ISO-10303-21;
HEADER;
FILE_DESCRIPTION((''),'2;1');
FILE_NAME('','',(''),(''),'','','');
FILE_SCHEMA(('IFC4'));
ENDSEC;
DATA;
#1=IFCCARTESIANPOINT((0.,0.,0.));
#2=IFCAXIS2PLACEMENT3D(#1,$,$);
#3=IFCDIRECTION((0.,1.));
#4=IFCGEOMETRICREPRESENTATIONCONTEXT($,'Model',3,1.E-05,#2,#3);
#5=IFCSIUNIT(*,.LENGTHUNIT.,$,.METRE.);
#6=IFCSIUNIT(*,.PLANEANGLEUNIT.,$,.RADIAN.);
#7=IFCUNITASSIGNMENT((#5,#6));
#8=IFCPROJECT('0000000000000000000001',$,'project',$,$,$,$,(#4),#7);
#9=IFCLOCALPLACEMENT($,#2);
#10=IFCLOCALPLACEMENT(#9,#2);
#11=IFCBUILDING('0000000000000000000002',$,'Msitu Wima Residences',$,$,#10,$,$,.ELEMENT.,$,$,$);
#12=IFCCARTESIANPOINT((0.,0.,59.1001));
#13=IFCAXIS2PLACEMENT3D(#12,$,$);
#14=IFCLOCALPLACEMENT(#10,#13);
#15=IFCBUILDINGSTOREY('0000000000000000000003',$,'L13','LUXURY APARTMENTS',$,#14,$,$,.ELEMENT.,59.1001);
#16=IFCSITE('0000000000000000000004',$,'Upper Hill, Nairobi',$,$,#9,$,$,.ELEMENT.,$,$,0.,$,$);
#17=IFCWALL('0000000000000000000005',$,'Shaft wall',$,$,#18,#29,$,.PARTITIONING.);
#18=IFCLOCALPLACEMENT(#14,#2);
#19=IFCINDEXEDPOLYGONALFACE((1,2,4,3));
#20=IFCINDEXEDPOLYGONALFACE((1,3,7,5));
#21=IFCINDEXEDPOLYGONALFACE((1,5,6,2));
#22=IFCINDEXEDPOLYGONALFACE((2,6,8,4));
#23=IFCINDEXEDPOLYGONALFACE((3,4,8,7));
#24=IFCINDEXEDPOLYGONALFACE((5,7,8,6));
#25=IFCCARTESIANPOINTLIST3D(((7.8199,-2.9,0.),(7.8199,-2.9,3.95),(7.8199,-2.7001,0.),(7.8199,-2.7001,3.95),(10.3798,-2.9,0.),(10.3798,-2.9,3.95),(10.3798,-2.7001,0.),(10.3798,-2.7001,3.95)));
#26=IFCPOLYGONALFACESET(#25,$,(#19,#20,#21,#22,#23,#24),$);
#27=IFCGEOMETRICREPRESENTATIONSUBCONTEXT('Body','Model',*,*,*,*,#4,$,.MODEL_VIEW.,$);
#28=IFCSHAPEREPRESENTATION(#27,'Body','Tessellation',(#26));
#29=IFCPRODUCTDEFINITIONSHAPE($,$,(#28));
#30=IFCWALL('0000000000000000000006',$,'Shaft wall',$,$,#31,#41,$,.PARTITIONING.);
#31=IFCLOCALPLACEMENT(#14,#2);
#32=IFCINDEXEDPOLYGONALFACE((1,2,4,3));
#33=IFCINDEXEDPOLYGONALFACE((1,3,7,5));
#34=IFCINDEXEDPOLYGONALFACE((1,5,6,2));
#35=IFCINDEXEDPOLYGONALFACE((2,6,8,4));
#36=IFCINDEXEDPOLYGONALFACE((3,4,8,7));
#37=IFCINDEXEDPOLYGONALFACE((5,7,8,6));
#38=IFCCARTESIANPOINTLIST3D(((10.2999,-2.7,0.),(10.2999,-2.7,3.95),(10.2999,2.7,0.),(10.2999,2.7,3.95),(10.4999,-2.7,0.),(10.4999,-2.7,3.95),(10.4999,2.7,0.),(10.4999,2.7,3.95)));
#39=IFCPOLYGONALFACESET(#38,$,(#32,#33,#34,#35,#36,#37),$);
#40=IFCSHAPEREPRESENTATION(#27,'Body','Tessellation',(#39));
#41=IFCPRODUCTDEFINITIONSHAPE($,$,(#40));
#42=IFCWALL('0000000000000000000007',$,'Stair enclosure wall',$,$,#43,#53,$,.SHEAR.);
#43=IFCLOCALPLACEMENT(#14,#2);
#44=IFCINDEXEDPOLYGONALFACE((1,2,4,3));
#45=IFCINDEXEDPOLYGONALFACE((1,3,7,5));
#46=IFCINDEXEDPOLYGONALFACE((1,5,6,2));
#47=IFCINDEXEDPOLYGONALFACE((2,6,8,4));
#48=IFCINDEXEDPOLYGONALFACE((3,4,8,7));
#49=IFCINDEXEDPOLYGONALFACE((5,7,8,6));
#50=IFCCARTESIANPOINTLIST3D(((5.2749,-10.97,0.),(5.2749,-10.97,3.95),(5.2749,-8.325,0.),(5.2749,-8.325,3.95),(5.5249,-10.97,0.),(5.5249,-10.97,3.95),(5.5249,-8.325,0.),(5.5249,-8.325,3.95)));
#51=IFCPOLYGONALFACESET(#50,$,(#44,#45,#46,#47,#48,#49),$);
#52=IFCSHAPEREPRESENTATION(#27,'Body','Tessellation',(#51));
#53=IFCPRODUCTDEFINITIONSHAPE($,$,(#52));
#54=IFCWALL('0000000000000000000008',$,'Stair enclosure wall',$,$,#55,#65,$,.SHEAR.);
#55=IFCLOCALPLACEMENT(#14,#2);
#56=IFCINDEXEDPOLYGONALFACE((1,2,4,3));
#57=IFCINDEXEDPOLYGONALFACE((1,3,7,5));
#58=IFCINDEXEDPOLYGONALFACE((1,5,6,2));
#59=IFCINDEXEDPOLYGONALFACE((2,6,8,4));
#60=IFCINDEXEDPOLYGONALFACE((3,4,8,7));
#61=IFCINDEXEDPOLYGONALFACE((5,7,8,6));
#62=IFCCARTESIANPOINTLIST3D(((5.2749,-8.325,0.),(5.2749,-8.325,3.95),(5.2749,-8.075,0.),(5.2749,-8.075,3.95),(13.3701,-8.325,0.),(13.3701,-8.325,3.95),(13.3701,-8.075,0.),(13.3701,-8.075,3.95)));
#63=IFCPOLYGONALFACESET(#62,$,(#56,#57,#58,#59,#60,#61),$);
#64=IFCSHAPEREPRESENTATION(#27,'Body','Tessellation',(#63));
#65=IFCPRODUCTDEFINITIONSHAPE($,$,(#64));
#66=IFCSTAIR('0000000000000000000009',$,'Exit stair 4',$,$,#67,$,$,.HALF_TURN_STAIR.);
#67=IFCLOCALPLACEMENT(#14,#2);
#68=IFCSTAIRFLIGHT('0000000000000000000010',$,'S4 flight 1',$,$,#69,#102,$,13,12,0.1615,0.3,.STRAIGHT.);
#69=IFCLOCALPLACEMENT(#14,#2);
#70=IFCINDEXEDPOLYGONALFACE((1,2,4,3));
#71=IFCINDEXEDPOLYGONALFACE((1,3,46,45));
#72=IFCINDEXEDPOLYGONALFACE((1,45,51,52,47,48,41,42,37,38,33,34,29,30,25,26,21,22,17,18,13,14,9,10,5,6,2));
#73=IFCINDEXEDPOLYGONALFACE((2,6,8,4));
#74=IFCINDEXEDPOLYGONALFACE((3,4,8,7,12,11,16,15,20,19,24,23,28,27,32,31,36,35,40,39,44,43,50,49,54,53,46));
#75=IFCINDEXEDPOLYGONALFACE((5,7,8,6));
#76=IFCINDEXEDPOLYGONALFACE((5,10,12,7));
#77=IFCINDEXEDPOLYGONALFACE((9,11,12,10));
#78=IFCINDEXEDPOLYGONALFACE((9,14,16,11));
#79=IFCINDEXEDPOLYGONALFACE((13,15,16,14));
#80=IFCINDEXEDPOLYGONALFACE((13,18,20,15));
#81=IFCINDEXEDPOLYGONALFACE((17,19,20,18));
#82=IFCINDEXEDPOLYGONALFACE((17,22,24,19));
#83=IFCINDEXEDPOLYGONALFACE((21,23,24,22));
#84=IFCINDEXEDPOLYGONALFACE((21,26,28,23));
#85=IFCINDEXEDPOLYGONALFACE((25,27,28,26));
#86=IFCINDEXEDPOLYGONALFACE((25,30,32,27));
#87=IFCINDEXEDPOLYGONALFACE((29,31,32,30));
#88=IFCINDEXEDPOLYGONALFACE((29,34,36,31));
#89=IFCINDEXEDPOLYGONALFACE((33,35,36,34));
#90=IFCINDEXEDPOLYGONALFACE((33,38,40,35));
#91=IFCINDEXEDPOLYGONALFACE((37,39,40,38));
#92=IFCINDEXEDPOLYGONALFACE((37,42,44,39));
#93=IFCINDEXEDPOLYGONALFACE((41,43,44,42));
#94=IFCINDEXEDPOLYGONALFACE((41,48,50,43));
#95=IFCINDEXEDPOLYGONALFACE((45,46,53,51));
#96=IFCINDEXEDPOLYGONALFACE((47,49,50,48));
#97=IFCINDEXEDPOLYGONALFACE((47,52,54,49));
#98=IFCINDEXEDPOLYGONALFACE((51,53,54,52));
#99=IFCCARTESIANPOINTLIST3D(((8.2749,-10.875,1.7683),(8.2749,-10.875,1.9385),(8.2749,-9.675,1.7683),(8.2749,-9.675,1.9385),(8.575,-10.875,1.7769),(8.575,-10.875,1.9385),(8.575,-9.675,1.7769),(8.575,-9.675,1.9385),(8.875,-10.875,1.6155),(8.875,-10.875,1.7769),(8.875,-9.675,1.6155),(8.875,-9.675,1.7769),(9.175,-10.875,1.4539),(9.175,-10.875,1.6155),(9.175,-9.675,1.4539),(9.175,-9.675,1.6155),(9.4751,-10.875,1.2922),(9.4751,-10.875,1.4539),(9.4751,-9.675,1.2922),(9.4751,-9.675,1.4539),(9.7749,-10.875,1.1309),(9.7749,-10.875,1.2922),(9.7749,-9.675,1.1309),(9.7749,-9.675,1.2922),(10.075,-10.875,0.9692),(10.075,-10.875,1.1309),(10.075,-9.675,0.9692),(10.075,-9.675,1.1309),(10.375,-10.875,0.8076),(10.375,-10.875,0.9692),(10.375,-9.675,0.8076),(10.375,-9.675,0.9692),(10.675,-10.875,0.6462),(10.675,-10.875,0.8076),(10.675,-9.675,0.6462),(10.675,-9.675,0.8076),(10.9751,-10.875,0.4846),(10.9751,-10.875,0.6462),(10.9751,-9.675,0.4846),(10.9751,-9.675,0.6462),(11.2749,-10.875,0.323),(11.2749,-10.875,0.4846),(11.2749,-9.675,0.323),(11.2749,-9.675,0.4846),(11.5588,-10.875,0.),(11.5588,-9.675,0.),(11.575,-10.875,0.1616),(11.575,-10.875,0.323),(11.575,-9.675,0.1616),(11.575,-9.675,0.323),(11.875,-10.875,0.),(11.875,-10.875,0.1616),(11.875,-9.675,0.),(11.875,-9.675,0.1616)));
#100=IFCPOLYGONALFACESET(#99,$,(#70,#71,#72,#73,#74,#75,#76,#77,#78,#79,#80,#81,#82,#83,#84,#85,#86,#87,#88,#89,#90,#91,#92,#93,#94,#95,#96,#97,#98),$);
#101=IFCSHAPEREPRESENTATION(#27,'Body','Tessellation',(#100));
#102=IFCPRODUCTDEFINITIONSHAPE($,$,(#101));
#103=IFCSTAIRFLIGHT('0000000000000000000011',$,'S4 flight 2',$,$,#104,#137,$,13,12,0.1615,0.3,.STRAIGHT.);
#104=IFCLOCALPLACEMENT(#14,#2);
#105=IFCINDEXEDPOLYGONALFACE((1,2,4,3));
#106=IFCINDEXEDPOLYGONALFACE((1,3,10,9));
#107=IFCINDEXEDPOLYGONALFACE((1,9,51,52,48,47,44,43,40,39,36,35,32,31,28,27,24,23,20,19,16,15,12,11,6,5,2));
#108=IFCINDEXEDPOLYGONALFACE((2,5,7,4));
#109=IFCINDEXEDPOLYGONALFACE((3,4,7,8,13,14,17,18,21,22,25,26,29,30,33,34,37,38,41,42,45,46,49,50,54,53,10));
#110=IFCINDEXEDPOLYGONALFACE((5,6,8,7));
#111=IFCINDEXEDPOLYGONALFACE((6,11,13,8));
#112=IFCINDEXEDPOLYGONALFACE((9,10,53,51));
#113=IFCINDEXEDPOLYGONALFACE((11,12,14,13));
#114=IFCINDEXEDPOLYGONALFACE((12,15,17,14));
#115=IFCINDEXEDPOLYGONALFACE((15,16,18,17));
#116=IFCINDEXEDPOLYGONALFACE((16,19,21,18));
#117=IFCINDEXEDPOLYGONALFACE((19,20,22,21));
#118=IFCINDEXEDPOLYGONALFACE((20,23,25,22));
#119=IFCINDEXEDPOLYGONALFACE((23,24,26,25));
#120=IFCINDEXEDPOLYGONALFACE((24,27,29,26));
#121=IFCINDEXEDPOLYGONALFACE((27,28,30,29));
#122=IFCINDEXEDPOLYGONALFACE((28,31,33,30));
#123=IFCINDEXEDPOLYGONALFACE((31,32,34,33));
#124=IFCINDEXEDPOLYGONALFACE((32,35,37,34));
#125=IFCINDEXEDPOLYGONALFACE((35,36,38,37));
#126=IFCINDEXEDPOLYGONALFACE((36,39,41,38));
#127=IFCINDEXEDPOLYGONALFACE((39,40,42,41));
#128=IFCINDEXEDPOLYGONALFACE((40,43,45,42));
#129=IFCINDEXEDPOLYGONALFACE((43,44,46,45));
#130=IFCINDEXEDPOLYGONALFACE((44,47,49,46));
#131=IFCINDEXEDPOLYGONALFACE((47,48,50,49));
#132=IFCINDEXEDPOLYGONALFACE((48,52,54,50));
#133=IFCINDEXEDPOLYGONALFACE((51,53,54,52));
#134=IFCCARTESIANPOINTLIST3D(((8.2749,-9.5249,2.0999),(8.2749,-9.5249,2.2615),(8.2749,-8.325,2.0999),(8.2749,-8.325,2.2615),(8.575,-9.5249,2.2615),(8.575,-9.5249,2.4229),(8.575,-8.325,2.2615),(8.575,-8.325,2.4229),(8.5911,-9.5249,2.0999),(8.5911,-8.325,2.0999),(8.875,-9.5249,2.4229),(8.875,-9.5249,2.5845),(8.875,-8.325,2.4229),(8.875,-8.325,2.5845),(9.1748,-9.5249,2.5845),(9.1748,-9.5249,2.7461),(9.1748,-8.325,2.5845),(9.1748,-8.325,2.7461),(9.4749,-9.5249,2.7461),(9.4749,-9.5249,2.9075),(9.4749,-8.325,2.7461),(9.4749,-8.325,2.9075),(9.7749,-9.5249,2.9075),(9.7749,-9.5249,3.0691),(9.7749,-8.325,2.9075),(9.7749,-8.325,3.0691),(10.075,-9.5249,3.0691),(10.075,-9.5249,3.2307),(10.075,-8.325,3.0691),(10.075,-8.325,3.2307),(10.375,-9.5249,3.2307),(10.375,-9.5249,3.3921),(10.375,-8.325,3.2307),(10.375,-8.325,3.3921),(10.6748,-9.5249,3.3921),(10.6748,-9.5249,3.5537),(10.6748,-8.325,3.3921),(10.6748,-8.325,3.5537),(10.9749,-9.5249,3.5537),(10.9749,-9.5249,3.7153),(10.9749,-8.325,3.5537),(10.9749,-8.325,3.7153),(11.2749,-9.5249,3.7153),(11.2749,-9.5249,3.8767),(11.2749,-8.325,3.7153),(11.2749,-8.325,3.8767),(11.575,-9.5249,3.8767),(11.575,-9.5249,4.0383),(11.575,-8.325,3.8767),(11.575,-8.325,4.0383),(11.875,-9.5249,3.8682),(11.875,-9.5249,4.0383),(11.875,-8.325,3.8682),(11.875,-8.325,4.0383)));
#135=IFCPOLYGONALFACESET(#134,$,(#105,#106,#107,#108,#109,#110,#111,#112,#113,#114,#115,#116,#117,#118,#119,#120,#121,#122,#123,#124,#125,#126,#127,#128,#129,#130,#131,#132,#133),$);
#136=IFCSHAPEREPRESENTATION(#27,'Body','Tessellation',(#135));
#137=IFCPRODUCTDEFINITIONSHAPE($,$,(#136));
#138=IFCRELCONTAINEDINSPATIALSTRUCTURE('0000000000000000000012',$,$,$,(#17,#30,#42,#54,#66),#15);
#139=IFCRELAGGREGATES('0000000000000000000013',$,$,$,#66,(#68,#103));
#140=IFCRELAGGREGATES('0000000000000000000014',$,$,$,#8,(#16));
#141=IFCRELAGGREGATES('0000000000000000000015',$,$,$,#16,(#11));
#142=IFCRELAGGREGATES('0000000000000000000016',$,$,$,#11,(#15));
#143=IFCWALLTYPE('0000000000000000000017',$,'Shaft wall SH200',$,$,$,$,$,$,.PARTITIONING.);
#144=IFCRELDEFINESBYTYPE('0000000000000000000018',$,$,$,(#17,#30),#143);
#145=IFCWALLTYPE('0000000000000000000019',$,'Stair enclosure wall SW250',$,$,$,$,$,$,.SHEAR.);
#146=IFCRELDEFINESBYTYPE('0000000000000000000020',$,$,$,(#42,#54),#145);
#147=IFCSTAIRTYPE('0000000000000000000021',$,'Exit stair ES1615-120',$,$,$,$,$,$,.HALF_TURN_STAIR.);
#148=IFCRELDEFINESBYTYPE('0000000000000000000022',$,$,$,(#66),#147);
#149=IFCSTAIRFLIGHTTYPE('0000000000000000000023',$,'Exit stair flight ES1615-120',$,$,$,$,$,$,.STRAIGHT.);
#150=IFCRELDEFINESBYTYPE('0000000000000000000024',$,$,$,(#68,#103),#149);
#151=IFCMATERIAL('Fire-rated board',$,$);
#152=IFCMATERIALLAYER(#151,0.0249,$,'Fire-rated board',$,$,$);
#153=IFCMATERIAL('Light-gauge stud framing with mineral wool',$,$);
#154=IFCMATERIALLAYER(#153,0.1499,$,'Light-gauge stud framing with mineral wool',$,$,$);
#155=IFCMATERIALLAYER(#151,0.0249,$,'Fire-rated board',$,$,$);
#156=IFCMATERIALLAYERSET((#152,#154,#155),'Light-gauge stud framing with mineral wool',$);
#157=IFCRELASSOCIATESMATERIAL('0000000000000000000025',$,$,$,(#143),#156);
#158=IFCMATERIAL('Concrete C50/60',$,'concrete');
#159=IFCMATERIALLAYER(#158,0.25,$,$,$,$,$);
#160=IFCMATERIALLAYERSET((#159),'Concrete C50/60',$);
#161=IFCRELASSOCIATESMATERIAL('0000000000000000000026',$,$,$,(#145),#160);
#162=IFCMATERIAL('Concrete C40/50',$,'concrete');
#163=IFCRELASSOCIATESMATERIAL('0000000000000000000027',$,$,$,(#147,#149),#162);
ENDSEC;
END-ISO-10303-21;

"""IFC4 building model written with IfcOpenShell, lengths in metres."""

from ifc_helpers import new_model, si_unit, direction, frame, frame_2d, origin, place, context, subcontext, project, spatial, polyline, rectangle, outline, extrude, material, layer, layer_set, type_object, element, aggregate, save


model = new_model("IFC4")

# Units and contexts
model_context = context("Model", 3, precision=1e-05, world=origin(), true_north=direction((0.0, 1.0)))
body_context = subcontext(model_context, "Body", "Model", "MODEL_VIEW")
ifc_project = project(units=[si_unit("LENGTHUNIT", "METRE"), si_unit("PLANEANGLEUNIT", "RADIAN")], contexts=[model_context])

# Site, building, storey
site_placement = place(None, origin())
site = spatial("IfcSite", under=ifc_project, at=site_placement, Name="Upper Hill, Nairobi", CompositionType="ELEMENT", RefElevation=0.0)
building_placement = place(site_placement, origin())
building = spatial("IfcBuilding", under=site, at=building_placement, Name="Msitu Wima Residences", CompositionType="ELEMENT")
storey_placement = place(building_placement, frame((0.0, 0.0, 59.1001)))
storey = spatial("IfcBuildingStorey", under=building, at=storey_placement, Name="L13", Description="LUXURY APARTMENTS", CompositionType="ELEMENT", Elevation=59.1001)

# Shared definitions
ifc_material_1 = material(Name="Concrete C40/50", Category="concrete")

# Walls
ifc_material_2 = material(Name="Fire-rated board")
ifc_layer_1 = layer(ifc_material_2, 0.0249, Name="Fire-rated board")
ifc_material_3 = material(Name="Light-gauge stud framing with mineral wool")
ifc_layer_2 = layer(ifc_material_3, 0.1499, Name="Light-gauge stud framing with mineral wool")
ifc_layer_3 = layer(ifc_material_2, 0.0249, Name="Fire-rated board")
ifc_layer_set_1 = layer_set([ifc_layer_1, ifc_layer_2, ifc_layer_3], Name="Light-gauge stud framing with mineral wool")
wall_type_1 = type_object("IfcWallType", Name="Shaft wall SH200", PredefinedType="PARTITIONING", material=ifc_layer_set_1)
wall_1_placement = place(storey_placement, frame((7.8201, -2.8, 0.0), z_axis=(0.0, 0.0, 1.0), x_axis=(1.0, 0.0, 0.0)))
element("IfcWall", 1, at=wall_1_placement, inside=storey, type_object=wall_type_1, Name="Shaft wall", PredefinedType="PARTITIONING", context=body_context, shape_type="SweptSolid", body=[
    extrude(rectangle(XDim=2.5598, YDim=0.2, at=frame_2d((1.2798, 0.0))), origin(), (0.0, 0.0, 1.0), 3.95),
])
wall_2_placement = place(storey_placement, frame((10.3999, -2.7, 0.0), z_axis=(0.0, 0.0, 1.0), x_axis=(0.0, 1.0, 0.0)))
element("IfcWall", 2, at=wall_2_placement, inside=storey, type_object=wall_type_1, Name="Shaft wall", PredefinedType="PARTITIONING", context=body_context, shape_type="SweptSolid", body=[
    extrude(rectangle(XDim=5.3999, YDim=0.2, at=frame_2d((2.7, 0.0))), origin(), (0.0, 0.0, 1.0), 3.95),
])
ifc_material_4 = material(Name="Concrete C50/60", Category="concrete")
ifc_layer_4 = layer(ifc_material_4, 0.25)
ifc_layer_set_2 = layer_set([ifc_layer_4], Name="Concrete C50/60")
wall_type_2 = type_object("IfcWallType", Name="Stair enclosure wall SW250", PredefinedType="SHEAR", material=ifc_layer_set_2)
wall_3_placement = place(storey_placement, frame((5.3999, -10.97, 0.0), z_axis=(0.0, 0.0, 1.0), x_axis=(0.0, 1.0, 0.0)))
element("IfcWall", 3, at=wall_3_placement, inside=storey, type_object=wall_type_2, Name="Stair enclosure wall", PredefinedType="SHEAR", context=body_context, shape_type="SweptSolid", body=[
    extrude(rectangle(XDim=2.645, YDim=0.25, at=frame_2d((1.3225, 0.0))), origin(), (0.0, 0.0, 1.0), 3.95),
])
wall_4_placement = place(storey_placement, frame((5.2749, -8.2, 0.0), z_axis=(0.0, 0.0, 1.0), x_axis=(1.0, 0.0, 0.0)))
element("IfcWall", 4, at=wall_4_placement, inside=storey, type_object=wall_type_2, Name="Stair enclosure wall", PredefinedType="SHEAR", context=body_context, shape_type="SweptSolid", body=[
    extrude(rectangle(XDim=8.0952, YDim=0.25, at=frame_2d((4.0476, 0.0))), origin(), (0.0, 0.0, 1.0), 3.95),
])

# Stair, stair flights
stair_type = type_object("IfcStairType", Name="Exit stair ES1615-120", PredefinedType="HALF_TURN_STAIR", material=ifc_material_1)
stair_placement = place(storey_placement, origin())
stair = element("IfcStair", 5, at=stair_placement, inside=storey, type_object=stair_type, Name="Exit stair 4", PredefinedType="HALF_TURN_STAIR")
stair_flight_type = type_object("IfcStairFlightType", Name="Exit stair flight ES1615-120", PredefinedType="STRAIGHT", material=ifc_material_1)
stair_flight_1_placement = place(storey_placement, frame((11.875, -10.2749, 0.0), z_axis=(0.0, 0.0, 1.0), x_axis=(-1.0, 0.0, 0.0)))
stair_flight_1 = element("IfcStairFlight", 6, at=stair_flight_1_placement, type_object=stair_flight_type, Name="S4 flight 1", NumberOfRisers=13, NumberOfTreads=12, PredefinedType="STRAIGHT", RiserHeight=0.1615, TreadLength=0.3, context=body_context, shape_type="SweptSolid", body=[
    extrude(outline(polyline([(0.0, 0.0), (0.0, 0.1616), (0.3, 0.1616), (0.3, 0.323), (0.6001, 0.323), (0.6001, 0.4846), (0.8999, 0.4846), (0.8999, 0.6462), (1.2, 0.6462), (1.2, 0.8076), (1.5, 0.8076), (1.5, 0.9692), (1.8, 0.9692), (1.8, 1.1309), (2.1001, 1.1309), (2.1001, 1.2922), (2.3999, 1.2922), (2.3999, 1.4539), (2.7, 1.4539), (2.7, 1.6155), (3.0, 1.6155), (3.0, 1.7769), (3.3, 1.7769), (3.3, 1.9385), (3.6001, 1.9385), (3.6001, 2.1001), (3.6001, 1.7683), (0.3162, 0.0), (0.0, 0.0)])), frame((0.0, 0.6001, 0.0), z_axis=(0.0, -1.0, 0.0), x_axis=(1.0, 0.0, 0.0)), (0.0, 0.0, 1.0), 1.2),
])
stair_flight_2_placement = place(storey_placement, frame((8.2749, -8.925, 2.0999), z_axis=(0.0, 0.0, 1.0), x_axis=(1.0, 0.0, 0.0)))
stair_flight_2 = element("IfcStairFlight", 7, at=stair_flight_2_placement, type_object=stair_flight_type, Name="S4 flight 2", NumberOfRisers=13, NumberOfTreads=12, PredefinedType="STRAIGHT", RiserHeight=0.1615, TreadLength=0.3, context=body_context, shape_type="SweptSolid", body=[
    extrude(outline(polyline([(0.0, 0.0), (0.0, 0.1616), (0.3, 0.1616), (0.3, 0.323), (0.6001, 0.323), (0.6001, 0.4846), (0.8999, 0.4846), (0.8999, 0.6462), (1.2, 0.6462), (1.2, 0.8076), (1.5, 0.8076), (1.5, 0.9692), (1.8, 0.9692), (1.8, 1.1309), (2.1001, 1.1309), (2.1001, 1.2922), (2.3999, 1.2922), (2.3999, 1.4539), (2.7, 1.4539), (2.7, 1.6155), (3.0, 1.6155), (3.0, 1.7769), (3.3, 1.7769), (3.3, 1.9385), (3.6001, 1.9385), (3.6001, 2.1001), (3.6001, 1.7683), (0.3162, 0.0), (0.0, 0.0)])), frame((0.0, 0.6001, 0.0), z_axis=(0.0, -1.0, 0.0), x_axis=(1.0, 0.0, 0.0)), (0.0, 0.0, 1.0), 1.2),
])
aggregate(stair, [stair_flight_1, stair_flight_2])

save(model, "model.ifc")
